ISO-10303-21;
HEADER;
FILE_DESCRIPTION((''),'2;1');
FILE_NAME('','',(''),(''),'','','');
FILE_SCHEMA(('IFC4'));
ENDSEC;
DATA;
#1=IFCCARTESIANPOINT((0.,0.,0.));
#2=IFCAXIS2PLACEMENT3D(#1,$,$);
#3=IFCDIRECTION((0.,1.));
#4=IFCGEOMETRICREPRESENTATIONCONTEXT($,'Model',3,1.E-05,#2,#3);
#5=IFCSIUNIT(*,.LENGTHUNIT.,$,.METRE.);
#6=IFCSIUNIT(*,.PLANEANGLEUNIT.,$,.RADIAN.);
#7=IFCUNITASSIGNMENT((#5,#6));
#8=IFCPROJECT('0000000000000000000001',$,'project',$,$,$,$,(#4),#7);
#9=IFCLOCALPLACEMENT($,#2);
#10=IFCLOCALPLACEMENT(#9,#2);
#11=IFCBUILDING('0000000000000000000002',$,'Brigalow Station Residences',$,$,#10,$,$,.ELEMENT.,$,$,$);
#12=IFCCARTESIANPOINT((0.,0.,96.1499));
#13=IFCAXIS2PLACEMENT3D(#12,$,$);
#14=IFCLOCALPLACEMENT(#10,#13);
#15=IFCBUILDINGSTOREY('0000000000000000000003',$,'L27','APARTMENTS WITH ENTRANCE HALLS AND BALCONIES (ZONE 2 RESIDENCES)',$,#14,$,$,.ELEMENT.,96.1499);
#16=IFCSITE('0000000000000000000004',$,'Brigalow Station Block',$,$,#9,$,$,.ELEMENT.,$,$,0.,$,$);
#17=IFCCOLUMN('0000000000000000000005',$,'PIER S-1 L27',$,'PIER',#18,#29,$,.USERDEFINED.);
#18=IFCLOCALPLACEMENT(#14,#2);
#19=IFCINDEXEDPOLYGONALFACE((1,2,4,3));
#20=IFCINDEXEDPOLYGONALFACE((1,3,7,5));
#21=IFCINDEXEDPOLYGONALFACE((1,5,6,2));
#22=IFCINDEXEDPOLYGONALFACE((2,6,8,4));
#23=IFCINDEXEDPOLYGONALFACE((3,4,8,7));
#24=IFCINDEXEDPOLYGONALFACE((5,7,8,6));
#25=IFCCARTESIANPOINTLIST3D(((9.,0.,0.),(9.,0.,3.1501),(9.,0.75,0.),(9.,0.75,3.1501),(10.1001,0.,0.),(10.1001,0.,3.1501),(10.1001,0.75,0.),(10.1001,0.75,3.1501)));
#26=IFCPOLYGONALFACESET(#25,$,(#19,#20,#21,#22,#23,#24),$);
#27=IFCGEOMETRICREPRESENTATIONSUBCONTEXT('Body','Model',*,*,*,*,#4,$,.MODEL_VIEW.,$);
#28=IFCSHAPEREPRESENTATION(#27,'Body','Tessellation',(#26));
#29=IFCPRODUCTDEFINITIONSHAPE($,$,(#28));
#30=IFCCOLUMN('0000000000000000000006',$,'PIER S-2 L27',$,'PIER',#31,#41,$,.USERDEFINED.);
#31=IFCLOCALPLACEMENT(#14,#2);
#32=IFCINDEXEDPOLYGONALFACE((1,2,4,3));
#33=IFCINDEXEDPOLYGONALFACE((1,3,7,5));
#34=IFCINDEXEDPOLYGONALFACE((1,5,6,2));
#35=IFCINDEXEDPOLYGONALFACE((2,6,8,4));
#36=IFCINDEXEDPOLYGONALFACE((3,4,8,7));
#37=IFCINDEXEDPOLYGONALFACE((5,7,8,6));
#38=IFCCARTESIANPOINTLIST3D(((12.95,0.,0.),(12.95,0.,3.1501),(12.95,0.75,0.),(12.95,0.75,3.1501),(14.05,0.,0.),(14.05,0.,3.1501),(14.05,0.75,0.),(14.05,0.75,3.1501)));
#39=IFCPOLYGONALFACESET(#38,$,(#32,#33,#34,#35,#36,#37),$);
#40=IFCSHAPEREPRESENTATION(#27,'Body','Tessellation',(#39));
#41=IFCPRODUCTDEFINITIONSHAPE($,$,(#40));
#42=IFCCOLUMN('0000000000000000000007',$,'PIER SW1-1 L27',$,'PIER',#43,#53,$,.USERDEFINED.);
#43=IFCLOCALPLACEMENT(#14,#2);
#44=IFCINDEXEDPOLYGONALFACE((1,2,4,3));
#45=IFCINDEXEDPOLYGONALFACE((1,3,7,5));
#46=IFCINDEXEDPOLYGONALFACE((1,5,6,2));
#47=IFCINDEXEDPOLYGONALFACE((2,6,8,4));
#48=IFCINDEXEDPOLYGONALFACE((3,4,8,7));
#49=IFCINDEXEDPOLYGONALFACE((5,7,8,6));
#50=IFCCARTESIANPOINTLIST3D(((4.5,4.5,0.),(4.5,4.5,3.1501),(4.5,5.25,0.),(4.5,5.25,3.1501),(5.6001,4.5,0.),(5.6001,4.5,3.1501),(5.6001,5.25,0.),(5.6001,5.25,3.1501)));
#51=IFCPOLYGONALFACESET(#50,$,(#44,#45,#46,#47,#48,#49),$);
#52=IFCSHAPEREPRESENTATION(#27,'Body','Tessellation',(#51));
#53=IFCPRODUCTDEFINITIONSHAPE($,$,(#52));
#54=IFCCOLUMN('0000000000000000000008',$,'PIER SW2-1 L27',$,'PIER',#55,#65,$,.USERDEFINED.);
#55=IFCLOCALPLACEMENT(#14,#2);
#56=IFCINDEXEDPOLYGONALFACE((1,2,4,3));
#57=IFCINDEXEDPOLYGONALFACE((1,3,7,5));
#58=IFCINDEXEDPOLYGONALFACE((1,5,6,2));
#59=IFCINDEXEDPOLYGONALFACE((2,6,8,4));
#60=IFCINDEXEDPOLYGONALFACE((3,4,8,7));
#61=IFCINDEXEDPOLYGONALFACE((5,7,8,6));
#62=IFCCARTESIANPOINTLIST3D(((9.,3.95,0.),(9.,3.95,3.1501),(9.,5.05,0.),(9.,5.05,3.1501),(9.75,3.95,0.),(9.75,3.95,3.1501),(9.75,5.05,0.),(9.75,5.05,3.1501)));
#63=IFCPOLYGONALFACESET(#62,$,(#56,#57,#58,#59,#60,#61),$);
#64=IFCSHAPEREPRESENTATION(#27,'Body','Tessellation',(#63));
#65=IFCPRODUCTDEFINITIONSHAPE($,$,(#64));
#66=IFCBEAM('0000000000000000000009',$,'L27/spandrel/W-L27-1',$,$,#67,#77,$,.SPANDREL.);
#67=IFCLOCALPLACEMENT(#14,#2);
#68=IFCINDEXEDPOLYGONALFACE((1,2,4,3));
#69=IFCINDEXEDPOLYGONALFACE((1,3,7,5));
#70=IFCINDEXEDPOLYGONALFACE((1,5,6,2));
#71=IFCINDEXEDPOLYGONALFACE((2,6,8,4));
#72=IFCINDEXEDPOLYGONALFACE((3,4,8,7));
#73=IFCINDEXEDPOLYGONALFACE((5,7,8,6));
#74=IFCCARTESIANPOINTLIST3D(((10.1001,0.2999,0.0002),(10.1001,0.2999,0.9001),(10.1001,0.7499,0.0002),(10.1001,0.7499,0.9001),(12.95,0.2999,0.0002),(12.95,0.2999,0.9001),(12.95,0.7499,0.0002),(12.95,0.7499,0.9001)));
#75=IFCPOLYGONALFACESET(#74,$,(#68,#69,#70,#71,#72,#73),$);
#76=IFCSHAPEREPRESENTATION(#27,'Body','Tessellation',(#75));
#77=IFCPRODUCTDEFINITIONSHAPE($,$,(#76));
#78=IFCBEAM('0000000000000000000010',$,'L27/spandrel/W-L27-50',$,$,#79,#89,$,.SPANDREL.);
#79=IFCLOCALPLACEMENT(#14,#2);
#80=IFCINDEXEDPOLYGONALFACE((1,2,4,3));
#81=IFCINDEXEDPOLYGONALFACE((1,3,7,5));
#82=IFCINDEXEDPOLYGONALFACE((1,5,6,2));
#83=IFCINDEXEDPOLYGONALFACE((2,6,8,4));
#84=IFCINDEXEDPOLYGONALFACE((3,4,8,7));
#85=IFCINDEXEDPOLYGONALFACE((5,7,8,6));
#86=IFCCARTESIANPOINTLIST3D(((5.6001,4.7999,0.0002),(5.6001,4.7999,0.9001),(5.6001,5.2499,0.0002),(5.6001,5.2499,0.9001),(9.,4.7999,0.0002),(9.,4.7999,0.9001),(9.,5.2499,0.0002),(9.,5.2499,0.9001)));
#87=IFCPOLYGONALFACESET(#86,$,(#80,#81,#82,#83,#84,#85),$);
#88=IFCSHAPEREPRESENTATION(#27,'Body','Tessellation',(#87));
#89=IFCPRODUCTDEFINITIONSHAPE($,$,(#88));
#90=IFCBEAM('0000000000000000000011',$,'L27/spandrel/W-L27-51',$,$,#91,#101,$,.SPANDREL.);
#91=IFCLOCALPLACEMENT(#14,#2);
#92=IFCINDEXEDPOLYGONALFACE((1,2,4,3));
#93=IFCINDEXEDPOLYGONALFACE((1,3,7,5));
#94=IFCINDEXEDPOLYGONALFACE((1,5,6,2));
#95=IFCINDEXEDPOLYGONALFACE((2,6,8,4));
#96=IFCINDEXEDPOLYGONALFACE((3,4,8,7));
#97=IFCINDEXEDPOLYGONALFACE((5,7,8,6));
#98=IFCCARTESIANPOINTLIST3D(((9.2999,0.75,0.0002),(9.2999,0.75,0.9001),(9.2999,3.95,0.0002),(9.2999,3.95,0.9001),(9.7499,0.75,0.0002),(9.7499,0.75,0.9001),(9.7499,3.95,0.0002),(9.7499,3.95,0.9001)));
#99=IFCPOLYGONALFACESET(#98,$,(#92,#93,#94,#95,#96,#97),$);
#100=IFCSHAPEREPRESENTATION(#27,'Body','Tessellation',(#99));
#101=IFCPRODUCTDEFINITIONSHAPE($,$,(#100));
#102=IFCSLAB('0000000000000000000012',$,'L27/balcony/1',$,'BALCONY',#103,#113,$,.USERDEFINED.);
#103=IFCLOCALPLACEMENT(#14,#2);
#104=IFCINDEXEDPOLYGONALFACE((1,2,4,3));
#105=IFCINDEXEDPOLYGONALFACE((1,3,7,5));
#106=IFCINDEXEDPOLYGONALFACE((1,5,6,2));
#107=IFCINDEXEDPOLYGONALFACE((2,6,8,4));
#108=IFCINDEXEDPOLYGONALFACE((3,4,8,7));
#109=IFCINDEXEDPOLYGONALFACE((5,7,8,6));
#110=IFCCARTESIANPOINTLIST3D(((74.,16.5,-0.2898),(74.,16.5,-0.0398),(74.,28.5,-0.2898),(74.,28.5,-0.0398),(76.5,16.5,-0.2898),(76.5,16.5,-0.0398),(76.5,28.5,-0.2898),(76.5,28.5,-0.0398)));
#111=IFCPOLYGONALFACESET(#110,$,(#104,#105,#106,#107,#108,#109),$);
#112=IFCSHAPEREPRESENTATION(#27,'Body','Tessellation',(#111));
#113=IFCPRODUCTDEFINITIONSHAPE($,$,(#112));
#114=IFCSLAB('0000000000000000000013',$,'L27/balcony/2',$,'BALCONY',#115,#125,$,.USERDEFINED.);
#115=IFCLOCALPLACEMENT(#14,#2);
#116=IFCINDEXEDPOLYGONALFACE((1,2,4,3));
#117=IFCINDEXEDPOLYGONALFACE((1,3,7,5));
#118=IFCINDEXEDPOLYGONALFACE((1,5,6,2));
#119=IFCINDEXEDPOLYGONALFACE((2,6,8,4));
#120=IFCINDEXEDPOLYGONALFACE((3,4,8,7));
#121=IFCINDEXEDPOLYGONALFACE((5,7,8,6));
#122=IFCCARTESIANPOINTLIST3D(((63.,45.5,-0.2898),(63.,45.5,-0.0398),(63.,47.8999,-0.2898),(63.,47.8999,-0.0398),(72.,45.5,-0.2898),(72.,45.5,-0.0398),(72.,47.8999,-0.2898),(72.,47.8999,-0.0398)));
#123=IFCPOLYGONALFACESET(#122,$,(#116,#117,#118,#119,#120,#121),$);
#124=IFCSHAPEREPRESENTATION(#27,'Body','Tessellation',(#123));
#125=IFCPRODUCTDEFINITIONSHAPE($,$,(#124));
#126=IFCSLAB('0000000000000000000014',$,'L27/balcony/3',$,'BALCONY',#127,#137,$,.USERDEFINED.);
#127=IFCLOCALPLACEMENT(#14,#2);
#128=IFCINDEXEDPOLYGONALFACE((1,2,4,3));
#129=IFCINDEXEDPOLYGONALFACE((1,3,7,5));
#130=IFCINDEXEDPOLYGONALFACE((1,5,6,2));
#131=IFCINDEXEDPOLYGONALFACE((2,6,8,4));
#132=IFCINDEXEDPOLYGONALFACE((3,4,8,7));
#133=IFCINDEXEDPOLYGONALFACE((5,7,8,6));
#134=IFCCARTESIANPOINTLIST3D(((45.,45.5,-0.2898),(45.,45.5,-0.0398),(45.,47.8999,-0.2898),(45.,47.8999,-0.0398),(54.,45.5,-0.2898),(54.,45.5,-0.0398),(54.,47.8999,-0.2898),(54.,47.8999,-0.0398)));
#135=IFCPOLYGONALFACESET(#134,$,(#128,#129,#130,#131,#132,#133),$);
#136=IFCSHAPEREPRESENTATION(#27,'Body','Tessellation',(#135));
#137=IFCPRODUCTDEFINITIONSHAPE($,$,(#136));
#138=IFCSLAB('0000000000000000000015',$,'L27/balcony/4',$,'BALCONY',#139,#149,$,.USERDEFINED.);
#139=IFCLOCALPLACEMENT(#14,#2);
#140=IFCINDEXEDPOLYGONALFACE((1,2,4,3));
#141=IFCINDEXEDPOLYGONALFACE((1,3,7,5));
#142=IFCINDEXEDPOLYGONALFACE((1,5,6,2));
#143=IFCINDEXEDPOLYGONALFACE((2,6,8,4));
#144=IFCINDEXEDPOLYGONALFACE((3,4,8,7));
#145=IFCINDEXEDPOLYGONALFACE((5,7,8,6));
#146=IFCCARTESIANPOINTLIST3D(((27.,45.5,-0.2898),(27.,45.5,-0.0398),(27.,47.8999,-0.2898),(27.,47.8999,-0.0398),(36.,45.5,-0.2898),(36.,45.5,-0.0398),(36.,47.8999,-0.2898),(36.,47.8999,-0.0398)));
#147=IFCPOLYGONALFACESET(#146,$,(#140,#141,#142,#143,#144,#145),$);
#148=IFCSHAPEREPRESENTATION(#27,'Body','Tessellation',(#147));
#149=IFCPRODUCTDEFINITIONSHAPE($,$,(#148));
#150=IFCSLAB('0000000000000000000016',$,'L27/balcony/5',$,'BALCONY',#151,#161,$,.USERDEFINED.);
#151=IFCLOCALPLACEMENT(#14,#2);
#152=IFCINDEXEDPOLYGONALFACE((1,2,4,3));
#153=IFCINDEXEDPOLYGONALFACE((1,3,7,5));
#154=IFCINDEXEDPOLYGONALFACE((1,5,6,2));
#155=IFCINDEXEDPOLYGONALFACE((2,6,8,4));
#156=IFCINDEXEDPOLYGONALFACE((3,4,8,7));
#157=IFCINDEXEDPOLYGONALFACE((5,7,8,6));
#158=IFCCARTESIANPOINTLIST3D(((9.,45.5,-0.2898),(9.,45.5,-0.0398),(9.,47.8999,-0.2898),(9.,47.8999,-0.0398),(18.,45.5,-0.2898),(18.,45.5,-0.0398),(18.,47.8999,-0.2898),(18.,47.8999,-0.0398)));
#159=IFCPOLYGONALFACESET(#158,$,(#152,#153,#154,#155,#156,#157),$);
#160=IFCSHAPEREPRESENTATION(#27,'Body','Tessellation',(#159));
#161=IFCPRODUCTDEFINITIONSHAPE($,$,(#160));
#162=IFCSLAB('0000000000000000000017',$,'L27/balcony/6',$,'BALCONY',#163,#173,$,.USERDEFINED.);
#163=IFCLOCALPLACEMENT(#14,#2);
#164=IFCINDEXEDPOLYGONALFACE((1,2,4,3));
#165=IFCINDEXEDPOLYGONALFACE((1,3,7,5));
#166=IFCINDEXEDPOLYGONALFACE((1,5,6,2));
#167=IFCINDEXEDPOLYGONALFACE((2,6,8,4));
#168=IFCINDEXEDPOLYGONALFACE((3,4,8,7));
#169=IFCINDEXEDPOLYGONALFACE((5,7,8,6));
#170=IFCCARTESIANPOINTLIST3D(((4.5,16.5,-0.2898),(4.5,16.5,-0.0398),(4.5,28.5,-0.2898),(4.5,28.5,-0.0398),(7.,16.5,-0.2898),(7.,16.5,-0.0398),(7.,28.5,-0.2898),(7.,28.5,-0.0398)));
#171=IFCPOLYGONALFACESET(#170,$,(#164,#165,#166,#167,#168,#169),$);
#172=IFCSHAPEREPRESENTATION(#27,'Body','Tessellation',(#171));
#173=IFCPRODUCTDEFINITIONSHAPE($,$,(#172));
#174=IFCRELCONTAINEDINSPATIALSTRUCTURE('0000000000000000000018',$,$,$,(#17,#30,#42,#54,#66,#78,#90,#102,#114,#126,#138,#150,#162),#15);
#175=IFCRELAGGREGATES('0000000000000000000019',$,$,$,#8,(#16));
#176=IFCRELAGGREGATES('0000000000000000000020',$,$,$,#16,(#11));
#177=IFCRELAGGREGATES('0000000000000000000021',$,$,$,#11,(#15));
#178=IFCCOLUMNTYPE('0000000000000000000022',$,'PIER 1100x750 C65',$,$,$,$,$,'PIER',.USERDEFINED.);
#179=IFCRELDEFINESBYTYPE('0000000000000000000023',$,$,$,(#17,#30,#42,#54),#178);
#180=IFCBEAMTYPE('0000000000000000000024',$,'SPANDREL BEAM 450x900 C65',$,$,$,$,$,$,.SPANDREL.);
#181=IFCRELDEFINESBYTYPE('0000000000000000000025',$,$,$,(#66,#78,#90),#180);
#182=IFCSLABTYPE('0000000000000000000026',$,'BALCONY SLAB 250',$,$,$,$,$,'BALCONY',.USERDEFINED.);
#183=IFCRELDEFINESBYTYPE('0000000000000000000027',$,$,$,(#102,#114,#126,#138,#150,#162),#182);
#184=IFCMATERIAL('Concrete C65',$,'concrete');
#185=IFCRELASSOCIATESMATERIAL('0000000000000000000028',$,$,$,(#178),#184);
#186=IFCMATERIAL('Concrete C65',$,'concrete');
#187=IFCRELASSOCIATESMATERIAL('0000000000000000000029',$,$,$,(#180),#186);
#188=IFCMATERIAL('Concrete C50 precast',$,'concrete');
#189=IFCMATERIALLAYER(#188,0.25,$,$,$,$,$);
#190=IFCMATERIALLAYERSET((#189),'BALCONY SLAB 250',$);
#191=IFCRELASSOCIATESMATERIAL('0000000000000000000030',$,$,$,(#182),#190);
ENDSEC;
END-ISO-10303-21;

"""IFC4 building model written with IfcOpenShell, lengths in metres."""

from ifc_helpers import new_model, si_unit, direction, frame, origin, origin_2d, place, context, subcontext, project, spatial, polyline, rectangle, outline, extrude, material, layer, layer_set, material_profile, profile_set, type_object, element, save


model = new_model("IFC4")

# Units and contexts
model_context = context("Model", 3, precision=1e-05, world=origin(), true_north=direction((0.0, 1.0)))
body_context = subcontext(model_context, "Body", "Model", "MODEL_VIEW")
ifc_project = project(units=[si_unit("LENGTHUNIT", "METRE"), si_unit("PLANEANGLEUNIT", "RADIAN")], contexts=[model_context])

# Site, building, storey
site_placement = place(None, origin())
site = spatial("IfcSite", under=ifc_project, at=site_placement, Name="Brigalow Station Block", CompositionType="ELEMENT", RefElevation=0.0)
building_placement = place(site_placement, origin())
building = spatial("IfcBuilding", under=site, at=building_placement, Name="Brigalow Station Residences", CompositionType="ELEMENT")
storey_placement = place(building_placement, frame((0.0, 0.0, 96.1499)))
storey = spatial("IfcBuildingStorey", under=building, at=storey_placement, Name="L27", Description="APARTMENTS WITH ENTRANCE HALLS AND BALCONIES (ZONE 2 RESIDENCES)", CompositionType="ELEMENT", Elevation=96.1499)

# Columns
ifc_material_1 = material(Name="Concrete C65", Category="concrete")
ifc_material_profile_1 = material_profile(ifc_material_1, rectangle(XDim=1.1001, YDim=0.75, at=origin_2d()), Name="RC1100x750")
ifc_profile_set_1 = profile_set([ifc_material_profile_1], Name="Concrete C65")
column_type = type_object("IfcColumnType", Name="PIER 1100x750 C65", ElementType="PIER", PredefinedType="USERDEFINED", material=ifc_profile_set_1)
for number, where, z_axis, x_axis, name in (
    (1, (9.55, 0.375, 0.0), (0.0, 0.0, 1.0), (1.0, 0.0, 0.0), "PIER S-1 L27"),
    (2, (13.5, 0.375, 0.0), (0.0, 0.0, 1.0), (1.0, 0.0, 0.0), "PIER S-2 L27"),
    (3, (5.05, 4.875, 0.0), (0.0, 0.0, 1.0), (1.0, 0.0, 0.0), "PIER SW1-1 L27"),
    (4, (9.375, 4.5, 0.0), (0.0, 0.0, 1.0), (0.0, -1.0, 0.0), "PIER SW2-1 L27"),
):
    element("IfcColumn", number, at=place(storey_placement, frame(where, z_axis=z_axis, x_axis=x_axis)), inside=storey, type_object=column_type, Name=name, ObjectType="PIER", PredefinedType="USERDEFINED", context=body_context, shape_type="SweptSolid", body=[
        extrude(rectangle(XDim=1.1001, YDim=0.75, at=origin_2d()), origin(), (0.0, 0.0, 1.0), 3.1501),
    ])

# Beams
ifc_material_2 = material(Name="Concrete C65", Category="concrete")
ifc_material_profile_2 = material_profile(ifc_material_2, rectangle(XDim=0.45, YDim=0.8999, at=origin_2d()), Name="RC450x900")
ifc_profile_set_2 = profile_set([ifc_material_profile_2], Name="Concrete C65")
beam_type = type_object("IfcBeamType", Name="SPANDREL BEAM 450x900 C65", PredefinedType="SPANDREL", material=ifc_profile_set_2)
beam_1_placement = place(storey_placement, frame((10.1001, 0.5249, 0.4502), z_axis=(1.0, 0.0, 0.0), x_axis=(0.0, 1.0, 0.0)))
element("IfcBeam", 5, at=beam_1_placement, inside=storey, type_object=beam_type, Name="L27/spandrel/W-L27-1", PredefinedType="SPANDREL", context=body_context, shape_type="SweptSolid", body=[
    extrude(rectangle(XDim=0.45, YDim=0.8999, at=origin_2d()), origin(), (0.0, 0.0, 1.0), 2.8499),
])
beam_2_placement = place(storey_placement, frame((5.6001, 5.0249, 0.4502), z_axis=(1.0, 0.0, 0.0), x_axis=(0.0, 1.0, 0.0)))
element("IfcBeam", 6, at=beam_2_placement, inside=storey, type_object=beam_type, Name="L27/spandrel/W-L27-50", PredefinedType="SPANDREL", context=body_context, shape_type="SweptSolid", body=[
    extrude(rectangle(XDim=0.45, YDim=0.8999, at=origin_2d()), origin(), (0.0, 0.0, 1.0), 3.3999),
])
beam_3_placement = place(storey_placement, frame((9.5249, 3.95, 0.4502), z_axis=(0.0, -1.0, 0.0), x_axis=(1.0, 0.0, 0.0)))
element("IfcBeam", 7, at=beam_3_placement, inside=storey, type_object=beam_type, Name="L27/spandrel/W-L27-51", PredefinedType="SPANDREL", context=body_context, shape_type="SweptSolid", body=[
    extrude(rectangle(XDim=0.45, YDim=0.8999, at=origin_2d()), origin(), (0.0, 0.0, 1.0), 3.2),
])

# Slabs
ifc_material_3 = material(Name="Concrete C50 precast", Category="concrete")
ifc_layer_1 = layer(ifc_material_3, 0.25)
ifc_layer_set_1 = layer_set([ifc_layer_1], Name="BALCONY SLAB 250")
slab_type_1 = type_object("IfcSlabType", Name="BALCONY SLAB 250", ElementType="BALCONY", PredefinedType="USERDEFINED", material=ifc_layer_set_1)
slab_1_placement = place(storey_placement, frame((0.0, 0.0, -0.2898)))
element("IfcSlab", 8, at=slab_1_placement, inside=storey, type_object=slab_type_1, Name="L27/balcony/1", ObjectType="BALCONY", PredefinedType="USERDEFINED", context=body_context, shape_type="SweptSolid", body=[
    extrude(outline(polyline([(74.0, 16.5), (76.5, 16.5), (76.5, 28.5), (74.0, 28.5), (74.0, 16.5)])), origin(), (0.0, 0.0, 1.0), 0.25),
])
slab_2_placement = place(storey_placement, frame((0.0, 0.0, -0.2898)))
element("IfcSlab", 9, at=slab_2_placement, inside=storey, type_object=slab_type_1, Name="L27/balcony/2", ObjectType="BALCONY", PredefinedType="USERDEFINED", context=body_context, shape_type="SweptSolid", body=[
    extrude(outline(polyline([(72.0, 45.5), (72.0, 47.8999), (63.0, 47.8999), (63.0, 45.5), (72.0, 45.5)])), origin(), (0.0, 0.0, 1.0), 0.25),
])
slab_3_placement = place(storey_placement, frame((0.0, 0.0, -0.2898)))
element("IfcSlab", 10, at=slab_3_placement, inside=storey, type_object=slab_type_1, Name="L27/balcony/3", ObjectType="BALCONY", PredefinedType="USERDEFINED", context=body_context, shape_type="SweptSolid", body=[
    extrude(outline(polyline([(54.0, 45.5), (54.0, 47.8999), (45.0, 47.8999), (45.0, 45.5), (54.0, 45.5)])), origin(), (0.0, 0.0, 1.0), 0.25),
])
slab_4_placement = place(storey_placement, frame((0.0, 0.0, -0.2898)))
element("IfcSlab", 11, at=slab_4_placement, inside=storey, type_object=slab_type_1, Name="L27/balcony/4", ObjectType="BALCONY", PredefinedType="USERDEFINED", context=body_context, shape_type="SweptSolid", body=[
    extrude(outline(polyline([(36.0, 45.5), (36.0, 47.8999), (27.0, 47.8999), (27.0, 45.5), (36.0, 45.5)])), origin(), (0.0, 0.0, 1.0), 0.25),
])
slab_5_placement = place(storey_placement, frame((0.0, 0.0, -0.2898)))
element("IfcSlab", 12, at=slab_5_placement, inside=storey, type_object=slab_type_1, Name="L27/balcony/5", ObjectType="BALCONY", PredefinedType="USERDEFINED", context=body_context, shape_type="SweptSolid", body=[
    extrude(outline(polyline([(18.0, 45.5), (18.0, 47.8999), (9.0, 47.8999), (9.0, 45.5), (18.0, 45.5)])), origin(), (0.0, 0.0, 1.0), 0.25),
])
slab_6_placement = place(storey_placement, frame((0.0, 0.0, -0.2898)))
element("IfcSlab", 13, at=slab_6_placement, inside=storey, type_object=slab_type_1, Name="L27/balcony/6", ObjectType="BALCONY", PredefinedType="USERDEFINED", context=body_context, shape_type="SweptSolid", body=[
    extrude(outline(polyline([(7.0, 28.5), (4.5, 28.5), (4.5, 16.5), (7.0, 16.5), (7.0, 28.5)])), origin(), (0.0, 0.0, 1.0), 0.25),
])

save(model, "model.ifc")
